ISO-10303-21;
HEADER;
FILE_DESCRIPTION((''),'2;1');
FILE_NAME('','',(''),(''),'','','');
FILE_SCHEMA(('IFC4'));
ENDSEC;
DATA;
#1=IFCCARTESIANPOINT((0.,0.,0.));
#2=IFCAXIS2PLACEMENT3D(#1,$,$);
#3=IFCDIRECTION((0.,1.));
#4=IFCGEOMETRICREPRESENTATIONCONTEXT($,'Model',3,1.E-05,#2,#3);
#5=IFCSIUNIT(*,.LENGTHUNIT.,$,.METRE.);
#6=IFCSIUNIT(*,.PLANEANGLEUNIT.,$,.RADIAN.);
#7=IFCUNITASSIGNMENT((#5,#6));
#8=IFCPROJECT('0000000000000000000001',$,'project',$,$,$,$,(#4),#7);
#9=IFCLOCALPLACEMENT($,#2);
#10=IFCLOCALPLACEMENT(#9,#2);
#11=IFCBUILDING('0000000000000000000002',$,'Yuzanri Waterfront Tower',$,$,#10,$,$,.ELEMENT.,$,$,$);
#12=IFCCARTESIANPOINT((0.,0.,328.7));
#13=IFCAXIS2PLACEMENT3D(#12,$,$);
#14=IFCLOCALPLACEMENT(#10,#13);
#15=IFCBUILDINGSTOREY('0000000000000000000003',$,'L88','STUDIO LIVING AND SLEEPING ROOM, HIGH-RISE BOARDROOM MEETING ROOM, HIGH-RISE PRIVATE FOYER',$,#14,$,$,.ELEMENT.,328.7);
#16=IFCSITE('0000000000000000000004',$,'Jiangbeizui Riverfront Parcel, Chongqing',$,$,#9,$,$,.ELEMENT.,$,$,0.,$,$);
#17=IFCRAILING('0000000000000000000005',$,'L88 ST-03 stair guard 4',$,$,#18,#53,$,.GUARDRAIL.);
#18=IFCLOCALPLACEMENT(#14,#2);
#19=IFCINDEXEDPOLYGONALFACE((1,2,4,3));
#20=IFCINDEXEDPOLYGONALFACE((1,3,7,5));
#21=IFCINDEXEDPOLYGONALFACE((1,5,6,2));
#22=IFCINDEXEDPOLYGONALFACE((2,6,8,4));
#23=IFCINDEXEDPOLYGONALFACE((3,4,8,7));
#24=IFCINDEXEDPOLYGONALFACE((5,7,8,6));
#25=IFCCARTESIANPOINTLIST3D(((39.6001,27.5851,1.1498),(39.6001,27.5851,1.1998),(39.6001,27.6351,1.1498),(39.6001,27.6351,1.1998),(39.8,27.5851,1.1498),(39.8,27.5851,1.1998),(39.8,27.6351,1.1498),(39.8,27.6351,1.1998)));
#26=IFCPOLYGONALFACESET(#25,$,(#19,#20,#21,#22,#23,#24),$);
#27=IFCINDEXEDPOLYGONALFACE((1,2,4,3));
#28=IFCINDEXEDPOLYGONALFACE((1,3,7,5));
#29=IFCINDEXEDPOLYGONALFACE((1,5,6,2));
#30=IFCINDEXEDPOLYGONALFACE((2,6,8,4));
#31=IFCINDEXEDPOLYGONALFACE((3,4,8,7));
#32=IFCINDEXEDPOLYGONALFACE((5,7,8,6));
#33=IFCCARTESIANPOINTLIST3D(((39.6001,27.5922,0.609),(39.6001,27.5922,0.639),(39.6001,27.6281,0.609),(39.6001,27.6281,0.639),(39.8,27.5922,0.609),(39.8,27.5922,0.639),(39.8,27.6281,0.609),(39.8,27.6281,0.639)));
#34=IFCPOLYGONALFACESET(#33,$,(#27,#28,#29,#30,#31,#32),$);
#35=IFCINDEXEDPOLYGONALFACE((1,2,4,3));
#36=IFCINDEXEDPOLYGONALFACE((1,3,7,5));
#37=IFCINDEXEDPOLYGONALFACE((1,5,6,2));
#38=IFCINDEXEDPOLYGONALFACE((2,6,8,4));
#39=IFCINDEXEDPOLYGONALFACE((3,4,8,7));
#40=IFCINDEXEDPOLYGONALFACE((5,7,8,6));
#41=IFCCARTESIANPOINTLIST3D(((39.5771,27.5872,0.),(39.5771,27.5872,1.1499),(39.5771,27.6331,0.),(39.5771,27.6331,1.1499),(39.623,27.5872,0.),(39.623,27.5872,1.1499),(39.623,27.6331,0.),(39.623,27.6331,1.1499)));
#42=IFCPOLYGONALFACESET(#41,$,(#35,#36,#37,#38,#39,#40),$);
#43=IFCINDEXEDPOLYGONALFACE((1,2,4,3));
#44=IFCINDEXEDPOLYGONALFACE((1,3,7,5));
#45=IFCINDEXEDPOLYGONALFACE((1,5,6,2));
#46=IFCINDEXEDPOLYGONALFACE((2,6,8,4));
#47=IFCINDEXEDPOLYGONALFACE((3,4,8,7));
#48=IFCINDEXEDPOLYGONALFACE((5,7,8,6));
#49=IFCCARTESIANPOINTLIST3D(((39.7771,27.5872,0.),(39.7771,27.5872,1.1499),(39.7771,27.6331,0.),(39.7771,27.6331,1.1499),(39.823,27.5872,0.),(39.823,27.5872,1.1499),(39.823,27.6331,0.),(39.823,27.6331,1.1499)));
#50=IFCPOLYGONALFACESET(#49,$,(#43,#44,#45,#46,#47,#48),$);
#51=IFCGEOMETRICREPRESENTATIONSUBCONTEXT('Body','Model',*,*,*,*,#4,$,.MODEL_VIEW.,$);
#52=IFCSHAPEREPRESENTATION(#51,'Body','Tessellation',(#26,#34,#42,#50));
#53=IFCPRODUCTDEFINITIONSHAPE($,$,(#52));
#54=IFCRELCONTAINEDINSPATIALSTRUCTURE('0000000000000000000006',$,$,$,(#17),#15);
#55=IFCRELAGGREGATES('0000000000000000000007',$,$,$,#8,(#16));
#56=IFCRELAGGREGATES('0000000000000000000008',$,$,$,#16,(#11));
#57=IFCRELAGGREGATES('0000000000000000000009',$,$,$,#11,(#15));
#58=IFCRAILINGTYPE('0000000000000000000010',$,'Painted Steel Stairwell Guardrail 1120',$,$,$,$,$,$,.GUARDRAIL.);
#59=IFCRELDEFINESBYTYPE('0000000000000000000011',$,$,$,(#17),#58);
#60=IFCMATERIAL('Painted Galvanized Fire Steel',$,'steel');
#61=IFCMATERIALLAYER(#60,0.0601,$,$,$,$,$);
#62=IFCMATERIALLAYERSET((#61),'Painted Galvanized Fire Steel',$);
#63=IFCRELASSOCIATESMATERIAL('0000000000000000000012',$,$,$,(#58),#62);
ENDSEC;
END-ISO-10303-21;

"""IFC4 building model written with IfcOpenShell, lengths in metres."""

from ifc_helpers import new_model, si_unit, direction, frame, origin, origin_2d, place, context, subcontext, project, spatial, rectangle, extrude, source, transform, mapped, material, layer, layer_set, type_object, element, save


model = new_model("IFC4")

# Units and contexts
model_context = context("Model", 3, precision=1e-05, world=origin(), true_north=direction((0.0, 1.0)))
body_context = subcontext(model_context, "Body", "Model", "MODEL_VIEW")
ifc_project = project(units=[si_unit("LENGTHUNIT", "METRE"), si_unit("PLANEANGLEUNIT", "RADIAN")], contexts=[model_context])

# Site, building, storey
site_placement = place(None, origin())
site = spatial("IfcSite", under=ifc_project, at=site_placement, Name="Jiangbeizui Riverfront Parcel, Chongqing", CompositionType="ELEMENT", RefElevation=0.0)
building_placement = place(site_placement, origin())
building = spatial("IfcBuilding", under=site, at=building_placement, Name="Yuzanri Waterfront Tower", CompositionType="ELEMENT")
storey_placement = place(building_placement, frame((0.0, 0.0, 328.7)))
storey = spatial("IfcBuildingStorey", under=building, at=storey_placement, Name="L88", Description="STUDIO LIVING AND SLEEPING ROOM, HIGH-RISE BOARDROOM MEETING ROOM, HIGH-RISE PRIVATE FOYER", CompositionType="ELEMENT", Elevation=328.7)

# Railing
ifc_material_1 = material(Name="Painted Galvanized Fire Steel", Category="steel")
ifc_layer_1 = layer(ifc_material_1, 0.0601)
ifc_layer_set_1 = layer_set([ifc_layer_1], Name="Painted Galvanized Fire Steel")
railing_type_1 = type_object("IfcRailingType", Name="Painted Steel Stairwell Guardrail 1120", PredefinedType="GUARDRAIL", material=ifc_layer_set_1)
shared_shape_1 = source(origin(), body_context, "Body", "SweptSolid", [
    extrude(rectangle(XDim=0.05, YDim=0.05, at=origin_2d()), frame((0.0, 0.0, 1.1748), z_axis=(1.0, 0.0, 0.0), x_axis=(0.0, 1.0, 0.0)), (0.0, 0.0, 1.0), 0.2),
    extrude(rectangle(XDim=0.0359, YDim=0.03, at=origin_2d()), frame((0.0, 0.0, 0.624), z_axis=(1.0, 0.0, 0.0), x_axis=(0.0, 1.0, 0.0)), (0.0, 0.0, 1.0), 0.2),
    extrude(rectangle(XDim=0.0459, YDim=0.0459, at=origin_2d()), origin(), (0.0, 0.0, 1.0), 1.1499),
    extrude(rectangle(XDim=0.0459, YDim=0.0459, at=origin_2d()), frame((0.2, 0.0, 0.0)), (0.0, 0.0, 1.0), 1.1499),
])
for number, where, name in (
    (1, (39.6001, 27.6101, 0.0), "L88 ST-03 stair guard 4"),
):
    element("IfcRailing", number, at=place(storey_placement, frame(where)), inside=storey, type_object=railing_type_1, Name=name, PredefinedType="GUARDRAIL", context=body_context, shape_type="MappedRepresentation", body=[
        mapped(shared_shape_1, transform((0.0, 0.0, 0.0), scale=1.0)),
    ])

save(model, "model.ifc")
